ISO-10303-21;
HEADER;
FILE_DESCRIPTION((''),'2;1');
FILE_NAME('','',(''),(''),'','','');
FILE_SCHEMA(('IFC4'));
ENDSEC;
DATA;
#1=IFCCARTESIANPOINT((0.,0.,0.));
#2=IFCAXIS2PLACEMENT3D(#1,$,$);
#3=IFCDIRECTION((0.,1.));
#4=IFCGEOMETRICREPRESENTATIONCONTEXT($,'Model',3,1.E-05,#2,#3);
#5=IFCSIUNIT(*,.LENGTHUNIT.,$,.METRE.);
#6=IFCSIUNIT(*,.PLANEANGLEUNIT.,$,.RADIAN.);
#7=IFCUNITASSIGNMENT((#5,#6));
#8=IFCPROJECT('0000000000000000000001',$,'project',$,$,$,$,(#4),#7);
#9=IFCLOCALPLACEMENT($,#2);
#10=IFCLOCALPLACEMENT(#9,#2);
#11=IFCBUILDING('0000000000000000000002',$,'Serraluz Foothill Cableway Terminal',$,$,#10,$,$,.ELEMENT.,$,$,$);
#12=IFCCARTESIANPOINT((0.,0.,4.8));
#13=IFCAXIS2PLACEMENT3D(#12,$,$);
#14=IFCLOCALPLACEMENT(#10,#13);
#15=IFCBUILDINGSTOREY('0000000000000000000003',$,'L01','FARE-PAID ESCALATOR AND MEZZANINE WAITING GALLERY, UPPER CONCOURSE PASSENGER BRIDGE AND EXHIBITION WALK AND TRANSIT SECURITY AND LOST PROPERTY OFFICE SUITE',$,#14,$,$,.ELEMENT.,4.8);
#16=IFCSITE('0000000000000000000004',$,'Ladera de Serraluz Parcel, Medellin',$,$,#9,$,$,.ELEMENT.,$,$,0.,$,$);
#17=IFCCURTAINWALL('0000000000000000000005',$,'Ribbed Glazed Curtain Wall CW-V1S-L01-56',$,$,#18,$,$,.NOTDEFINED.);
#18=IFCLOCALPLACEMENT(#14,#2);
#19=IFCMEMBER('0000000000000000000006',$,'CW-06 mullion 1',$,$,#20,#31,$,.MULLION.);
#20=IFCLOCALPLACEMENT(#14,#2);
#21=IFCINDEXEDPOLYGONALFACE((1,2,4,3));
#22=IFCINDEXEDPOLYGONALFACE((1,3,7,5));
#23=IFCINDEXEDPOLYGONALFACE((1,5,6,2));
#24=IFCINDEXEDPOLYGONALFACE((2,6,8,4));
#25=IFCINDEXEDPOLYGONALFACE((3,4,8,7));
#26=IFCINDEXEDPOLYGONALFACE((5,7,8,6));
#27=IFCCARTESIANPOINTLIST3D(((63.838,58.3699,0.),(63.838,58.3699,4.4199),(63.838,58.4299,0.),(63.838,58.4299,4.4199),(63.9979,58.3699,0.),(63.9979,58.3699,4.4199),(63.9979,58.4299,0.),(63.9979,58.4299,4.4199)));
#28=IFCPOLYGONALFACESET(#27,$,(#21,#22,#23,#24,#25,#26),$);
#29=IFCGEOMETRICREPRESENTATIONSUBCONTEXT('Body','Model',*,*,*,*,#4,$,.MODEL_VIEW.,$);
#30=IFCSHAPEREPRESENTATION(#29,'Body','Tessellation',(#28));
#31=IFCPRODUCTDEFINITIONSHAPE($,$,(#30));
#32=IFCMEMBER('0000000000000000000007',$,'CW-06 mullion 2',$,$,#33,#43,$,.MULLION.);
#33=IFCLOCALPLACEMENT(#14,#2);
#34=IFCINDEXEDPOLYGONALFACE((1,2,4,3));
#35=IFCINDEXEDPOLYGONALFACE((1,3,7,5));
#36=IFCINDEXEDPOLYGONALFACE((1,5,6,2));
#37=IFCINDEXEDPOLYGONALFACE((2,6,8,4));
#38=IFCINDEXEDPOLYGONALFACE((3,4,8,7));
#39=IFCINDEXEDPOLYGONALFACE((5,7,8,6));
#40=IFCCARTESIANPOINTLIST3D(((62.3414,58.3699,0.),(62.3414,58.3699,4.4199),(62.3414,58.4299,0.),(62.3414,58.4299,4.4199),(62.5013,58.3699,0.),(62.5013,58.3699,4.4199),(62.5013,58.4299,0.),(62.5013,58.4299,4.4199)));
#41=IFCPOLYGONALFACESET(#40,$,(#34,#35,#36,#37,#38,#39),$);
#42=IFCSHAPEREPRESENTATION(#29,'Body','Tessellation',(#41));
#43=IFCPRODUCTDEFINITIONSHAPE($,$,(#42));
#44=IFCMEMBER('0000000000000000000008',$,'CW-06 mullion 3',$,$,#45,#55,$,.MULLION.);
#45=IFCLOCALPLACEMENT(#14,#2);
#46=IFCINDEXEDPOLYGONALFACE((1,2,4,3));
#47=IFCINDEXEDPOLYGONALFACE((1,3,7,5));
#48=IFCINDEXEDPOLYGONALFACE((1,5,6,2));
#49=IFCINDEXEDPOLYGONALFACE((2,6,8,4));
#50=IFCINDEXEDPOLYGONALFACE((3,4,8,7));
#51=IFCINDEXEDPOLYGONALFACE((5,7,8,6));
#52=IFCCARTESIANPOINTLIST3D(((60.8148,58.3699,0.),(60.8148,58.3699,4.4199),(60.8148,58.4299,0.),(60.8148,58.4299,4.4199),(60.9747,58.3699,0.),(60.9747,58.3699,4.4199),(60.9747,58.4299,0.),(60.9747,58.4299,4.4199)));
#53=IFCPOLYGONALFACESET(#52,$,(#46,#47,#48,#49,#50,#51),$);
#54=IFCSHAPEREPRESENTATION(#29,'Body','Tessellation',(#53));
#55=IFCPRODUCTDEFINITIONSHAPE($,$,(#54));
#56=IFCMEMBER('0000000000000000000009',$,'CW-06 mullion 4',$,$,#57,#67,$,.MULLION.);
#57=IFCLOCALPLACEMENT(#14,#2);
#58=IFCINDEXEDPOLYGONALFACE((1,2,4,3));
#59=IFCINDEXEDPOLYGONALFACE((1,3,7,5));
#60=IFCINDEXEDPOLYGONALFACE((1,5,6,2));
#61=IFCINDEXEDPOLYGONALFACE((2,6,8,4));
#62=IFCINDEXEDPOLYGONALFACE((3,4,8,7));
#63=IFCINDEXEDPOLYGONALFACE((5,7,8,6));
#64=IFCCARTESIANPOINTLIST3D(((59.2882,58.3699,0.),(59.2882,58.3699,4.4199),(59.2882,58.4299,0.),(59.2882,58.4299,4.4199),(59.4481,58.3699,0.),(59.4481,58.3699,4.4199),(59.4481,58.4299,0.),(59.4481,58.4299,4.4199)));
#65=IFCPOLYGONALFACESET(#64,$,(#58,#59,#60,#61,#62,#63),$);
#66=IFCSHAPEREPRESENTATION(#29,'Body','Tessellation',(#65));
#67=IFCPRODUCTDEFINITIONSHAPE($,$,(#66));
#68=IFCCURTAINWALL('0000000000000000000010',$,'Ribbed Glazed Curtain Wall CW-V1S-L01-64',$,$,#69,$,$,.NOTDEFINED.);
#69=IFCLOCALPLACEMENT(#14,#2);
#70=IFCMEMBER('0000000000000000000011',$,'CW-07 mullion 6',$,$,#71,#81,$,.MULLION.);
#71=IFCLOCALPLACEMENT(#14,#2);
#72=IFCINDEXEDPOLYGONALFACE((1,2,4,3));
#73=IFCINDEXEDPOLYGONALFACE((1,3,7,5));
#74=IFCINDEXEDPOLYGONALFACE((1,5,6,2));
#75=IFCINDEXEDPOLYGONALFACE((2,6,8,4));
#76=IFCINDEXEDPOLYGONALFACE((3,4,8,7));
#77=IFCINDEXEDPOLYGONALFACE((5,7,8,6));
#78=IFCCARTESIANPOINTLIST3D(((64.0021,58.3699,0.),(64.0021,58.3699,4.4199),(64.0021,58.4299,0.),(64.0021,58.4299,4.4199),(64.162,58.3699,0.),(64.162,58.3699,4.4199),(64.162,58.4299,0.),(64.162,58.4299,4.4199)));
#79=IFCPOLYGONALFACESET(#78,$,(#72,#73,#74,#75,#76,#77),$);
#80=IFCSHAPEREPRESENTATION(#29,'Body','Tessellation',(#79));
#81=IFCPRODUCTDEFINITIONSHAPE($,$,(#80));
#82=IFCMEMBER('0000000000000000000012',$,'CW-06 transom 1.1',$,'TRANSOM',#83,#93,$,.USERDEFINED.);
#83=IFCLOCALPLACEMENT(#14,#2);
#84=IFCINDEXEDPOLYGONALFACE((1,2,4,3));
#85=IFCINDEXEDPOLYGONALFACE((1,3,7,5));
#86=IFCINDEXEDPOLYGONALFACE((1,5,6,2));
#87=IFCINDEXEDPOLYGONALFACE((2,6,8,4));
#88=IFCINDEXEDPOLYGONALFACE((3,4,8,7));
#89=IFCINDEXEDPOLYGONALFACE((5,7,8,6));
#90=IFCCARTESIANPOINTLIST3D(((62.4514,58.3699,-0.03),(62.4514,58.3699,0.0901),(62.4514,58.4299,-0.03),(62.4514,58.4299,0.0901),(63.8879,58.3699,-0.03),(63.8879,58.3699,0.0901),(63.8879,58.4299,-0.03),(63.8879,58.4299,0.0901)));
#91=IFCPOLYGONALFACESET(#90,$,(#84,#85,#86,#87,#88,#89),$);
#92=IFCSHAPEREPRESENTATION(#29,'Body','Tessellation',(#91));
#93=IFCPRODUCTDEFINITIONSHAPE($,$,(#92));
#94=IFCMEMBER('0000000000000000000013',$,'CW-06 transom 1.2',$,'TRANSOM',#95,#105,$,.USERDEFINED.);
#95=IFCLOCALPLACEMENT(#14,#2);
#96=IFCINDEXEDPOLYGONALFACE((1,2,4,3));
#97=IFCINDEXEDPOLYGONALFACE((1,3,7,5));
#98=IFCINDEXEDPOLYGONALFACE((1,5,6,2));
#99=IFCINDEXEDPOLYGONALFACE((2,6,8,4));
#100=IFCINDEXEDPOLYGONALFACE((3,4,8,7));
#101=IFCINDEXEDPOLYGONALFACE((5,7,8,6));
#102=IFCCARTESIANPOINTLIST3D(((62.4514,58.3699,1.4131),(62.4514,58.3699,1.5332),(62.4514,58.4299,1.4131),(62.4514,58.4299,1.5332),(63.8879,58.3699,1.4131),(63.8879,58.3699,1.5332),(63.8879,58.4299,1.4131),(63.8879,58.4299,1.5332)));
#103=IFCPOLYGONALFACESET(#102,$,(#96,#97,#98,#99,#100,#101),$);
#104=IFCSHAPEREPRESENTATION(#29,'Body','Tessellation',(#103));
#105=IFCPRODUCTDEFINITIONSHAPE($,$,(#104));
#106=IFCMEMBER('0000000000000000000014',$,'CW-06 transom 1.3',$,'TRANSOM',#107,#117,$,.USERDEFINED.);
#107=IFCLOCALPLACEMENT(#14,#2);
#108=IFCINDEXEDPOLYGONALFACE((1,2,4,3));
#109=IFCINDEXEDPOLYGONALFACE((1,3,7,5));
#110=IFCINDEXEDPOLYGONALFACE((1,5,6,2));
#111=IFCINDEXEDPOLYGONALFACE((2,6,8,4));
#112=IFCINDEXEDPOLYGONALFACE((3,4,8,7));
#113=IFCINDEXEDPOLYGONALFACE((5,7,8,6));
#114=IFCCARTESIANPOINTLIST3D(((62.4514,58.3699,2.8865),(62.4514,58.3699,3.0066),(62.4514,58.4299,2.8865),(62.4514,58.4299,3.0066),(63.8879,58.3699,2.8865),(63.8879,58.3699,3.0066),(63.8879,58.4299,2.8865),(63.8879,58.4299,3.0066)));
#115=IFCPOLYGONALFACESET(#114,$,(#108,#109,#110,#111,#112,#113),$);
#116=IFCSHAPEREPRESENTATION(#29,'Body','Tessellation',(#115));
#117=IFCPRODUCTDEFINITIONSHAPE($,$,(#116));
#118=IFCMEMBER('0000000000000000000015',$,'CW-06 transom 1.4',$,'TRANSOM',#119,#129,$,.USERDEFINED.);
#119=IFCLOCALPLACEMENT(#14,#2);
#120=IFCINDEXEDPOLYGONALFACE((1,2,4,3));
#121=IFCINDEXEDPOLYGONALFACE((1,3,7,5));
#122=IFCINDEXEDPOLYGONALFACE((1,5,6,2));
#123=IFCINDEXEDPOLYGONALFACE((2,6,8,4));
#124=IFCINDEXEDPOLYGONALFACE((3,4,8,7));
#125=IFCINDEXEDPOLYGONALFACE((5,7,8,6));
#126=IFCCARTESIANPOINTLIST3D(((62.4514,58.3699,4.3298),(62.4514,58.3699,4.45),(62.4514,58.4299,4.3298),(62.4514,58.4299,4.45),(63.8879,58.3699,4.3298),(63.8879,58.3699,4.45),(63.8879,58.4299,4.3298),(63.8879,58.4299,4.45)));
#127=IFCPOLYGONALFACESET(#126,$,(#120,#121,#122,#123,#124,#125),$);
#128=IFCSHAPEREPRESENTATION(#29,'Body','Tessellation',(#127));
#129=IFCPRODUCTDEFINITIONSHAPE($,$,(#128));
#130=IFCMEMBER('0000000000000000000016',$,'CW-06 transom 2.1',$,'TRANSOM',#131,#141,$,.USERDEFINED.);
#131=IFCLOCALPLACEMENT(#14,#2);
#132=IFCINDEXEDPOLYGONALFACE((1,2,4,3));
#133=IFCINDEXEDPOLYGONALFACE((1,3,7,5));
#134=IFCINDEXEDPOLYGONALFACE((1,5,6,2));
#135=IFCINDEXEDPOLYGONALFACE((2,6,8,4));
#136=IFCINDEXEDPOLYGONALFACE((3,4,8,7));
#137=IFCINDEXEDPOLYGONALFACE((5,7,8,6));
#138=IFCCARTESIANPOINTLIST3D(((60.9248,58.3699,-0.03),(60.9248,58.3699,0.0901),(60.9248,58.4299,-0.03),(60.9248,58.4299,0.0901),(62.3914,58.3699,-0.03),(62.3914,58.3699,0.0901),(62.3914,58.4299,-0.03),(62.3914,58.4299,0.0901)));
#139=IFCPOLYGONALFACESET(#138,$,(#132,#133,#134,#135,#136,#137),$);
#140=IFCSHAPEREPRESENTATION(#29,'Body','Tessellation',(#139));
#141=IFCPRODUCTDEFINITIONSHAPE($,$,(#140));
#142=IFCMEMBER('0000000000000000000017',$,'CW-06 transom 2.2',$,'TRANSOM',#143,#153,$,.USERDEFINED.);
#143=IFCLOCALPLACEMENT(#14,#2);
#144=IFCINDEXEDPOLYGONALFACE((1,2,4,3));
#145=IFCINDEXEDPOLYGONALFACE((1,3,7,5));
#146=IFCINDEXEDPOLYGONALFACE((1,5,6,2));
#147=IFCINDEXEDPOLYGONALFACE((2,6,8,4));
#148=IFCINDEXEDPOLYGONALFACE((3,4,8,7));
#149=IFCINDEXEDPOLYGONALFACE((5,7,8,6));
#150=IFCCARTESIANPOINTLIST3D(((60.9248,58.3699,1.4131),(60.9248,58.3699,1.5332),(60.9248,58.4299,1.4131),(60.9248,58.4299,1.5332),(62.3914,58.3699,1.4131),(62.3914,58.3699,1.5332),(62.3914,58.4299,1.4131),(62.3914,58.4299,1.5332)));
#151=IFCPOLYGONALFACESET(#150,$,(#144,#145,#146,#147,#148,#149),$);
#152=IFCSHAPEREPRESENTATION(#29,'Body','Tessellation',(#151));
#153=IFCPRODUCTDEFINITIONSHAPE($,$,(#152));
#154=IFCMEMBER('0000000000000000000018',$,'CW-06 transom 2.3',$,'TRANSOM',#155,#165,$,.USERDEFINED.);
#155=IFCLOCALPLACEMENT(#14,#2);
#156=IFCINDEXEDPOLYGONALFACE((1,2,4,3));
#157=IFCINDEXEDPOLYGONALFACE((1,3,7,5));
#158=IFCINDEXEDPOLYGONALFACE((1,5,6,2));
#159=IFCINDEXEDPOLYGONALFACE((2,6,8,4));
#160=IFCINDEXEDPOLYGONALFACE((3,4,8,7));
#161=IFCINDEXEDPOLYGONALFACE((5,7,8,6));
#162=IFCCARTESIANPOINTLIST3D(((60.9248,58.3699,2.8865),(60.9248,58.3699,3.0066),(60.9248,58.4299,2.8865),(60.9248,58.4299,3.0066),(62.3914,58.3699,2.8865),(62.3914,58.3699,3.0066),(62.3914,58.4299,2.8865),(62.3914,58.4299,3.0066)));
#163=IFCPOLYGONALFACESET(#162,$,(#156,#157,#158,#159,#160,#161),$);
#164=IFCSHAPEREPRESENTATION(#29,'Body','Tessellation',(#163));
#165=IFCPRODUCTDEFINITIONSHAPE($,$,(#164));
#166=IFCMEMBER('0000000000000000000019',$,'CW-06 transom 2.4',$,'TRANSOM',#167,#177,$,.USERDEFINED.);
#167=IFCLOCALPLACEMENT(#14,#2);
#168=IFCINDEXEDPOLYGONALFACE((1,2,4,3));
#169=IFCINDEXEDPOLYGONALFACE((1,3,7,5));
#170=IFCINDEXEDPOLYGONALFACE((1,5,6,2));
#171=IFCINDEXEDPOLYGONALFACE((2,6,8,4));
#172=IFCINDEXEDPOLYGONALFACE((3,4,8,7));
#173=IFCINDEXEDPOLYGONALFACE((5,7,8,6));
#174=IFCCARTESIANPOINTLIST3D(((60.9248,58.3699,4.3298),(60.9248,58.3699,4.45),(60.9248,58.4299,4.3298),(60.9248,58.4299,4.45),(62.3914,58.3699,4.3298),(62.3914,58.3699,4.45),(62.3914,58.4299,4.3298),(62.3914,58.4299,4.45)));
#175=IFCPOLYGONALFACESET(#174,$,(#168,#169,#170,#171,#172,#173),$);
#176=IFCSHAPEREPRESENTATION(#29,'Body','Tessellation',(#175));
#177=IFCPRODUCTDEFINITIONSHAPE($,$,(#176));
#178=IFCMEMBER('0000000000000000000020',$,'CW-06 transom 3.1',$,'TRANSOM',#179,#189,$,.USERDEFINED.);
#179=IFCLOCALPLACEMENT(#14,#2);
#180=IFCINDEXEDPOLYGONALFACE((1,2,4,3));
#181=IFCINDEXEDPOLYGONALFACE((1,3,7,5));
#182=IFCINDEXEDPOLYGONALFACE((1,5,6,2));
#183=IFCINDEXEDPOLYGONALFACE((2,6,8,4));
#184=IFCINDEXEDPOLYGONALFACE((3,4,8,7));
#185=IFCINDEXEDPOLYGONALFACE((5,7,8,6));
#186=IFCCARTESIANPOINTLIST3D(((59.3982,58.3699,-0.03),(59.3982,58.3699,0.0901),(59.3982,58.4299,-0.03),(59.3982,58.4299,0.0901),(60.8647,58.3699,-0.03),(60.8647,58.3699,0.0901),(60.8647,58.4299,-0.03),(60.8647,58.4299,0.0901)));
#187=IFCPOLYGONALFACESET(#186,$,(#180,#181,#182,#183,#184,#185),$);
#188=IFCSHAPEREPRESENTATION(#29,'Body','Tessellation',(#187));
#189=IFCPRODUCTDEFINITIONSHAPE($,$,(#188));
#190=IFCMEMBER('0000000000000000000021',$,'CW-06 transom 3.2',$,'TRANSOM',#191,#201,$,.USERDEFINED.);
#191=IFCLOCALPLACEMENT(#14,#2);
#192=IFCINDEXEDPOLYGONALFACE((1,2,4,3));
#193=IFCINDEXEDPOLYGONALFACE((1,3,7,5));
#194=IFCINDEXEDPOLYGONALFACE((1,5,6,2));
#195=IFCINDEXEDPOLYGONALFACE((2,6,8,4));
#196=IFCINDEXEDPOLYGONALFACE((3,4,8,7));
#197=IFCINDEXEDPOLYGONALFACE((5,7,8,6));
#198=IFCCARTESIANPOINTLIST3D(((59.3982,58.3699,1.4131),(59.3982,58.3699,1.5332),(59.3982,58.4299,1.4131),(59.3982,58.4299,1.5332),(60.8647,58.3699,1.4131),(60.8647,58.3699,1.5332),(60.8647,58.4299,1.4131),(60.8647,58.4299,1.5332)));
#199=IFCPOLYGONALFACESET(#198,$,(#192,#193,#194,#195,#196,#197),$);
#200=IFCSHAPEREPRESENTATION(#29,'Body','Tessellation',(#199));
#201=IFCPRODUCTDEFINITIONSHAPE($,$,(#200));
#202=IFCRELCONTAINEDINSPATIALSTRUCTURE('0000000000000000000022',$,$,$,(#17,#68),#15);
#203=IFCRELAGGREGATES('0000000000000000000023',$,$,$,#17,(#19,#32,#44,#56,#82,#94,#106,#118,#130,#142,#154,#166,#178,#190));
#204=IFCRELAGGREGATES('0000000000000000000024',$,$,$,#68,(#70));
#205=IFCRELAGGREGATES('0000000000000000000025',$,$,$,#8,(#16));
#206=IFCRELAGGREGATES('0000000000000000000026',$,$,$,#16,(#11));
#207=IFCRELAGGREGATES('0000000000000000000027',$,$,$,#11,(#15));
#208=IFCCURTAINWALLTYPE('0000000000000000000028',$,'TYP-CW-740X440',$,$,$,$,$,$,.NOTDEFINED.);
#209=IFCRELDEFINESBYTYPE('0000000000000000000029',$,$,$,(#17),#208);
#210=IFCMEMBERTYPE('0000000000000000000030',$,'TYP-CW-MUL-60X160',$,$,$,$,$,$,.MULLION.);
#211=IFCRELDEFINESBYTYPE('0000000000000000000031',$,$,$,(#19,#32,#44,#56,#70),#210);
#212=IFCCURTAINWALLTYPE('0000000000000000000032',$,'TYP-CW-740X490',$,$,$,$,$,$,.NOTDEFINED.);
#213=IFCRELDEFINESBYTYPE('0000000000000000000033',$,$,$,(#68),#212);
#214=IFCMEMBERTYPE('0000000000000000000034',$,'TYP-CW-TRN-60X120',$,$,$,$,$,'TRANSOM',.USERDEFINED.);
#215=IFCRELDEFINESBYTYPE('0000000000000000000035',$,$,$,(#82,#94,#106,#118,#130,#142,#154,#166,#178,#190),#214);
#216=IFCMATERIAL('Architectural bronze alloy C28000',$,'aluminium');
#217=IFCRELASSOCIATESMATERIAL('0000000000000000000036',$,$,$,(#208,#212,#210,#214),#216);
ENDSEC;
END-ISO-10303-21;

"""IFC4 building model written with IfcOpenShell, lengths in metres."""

from ifc_helpers import new_model, si_unit, direction, frame, origin, origin_2d, place, context, subcontext, project, spatial, rectangle, extrude, material, material_profile, profile_set, type_object, element, aggregate, save


model = new_model("IFC4")

# Units and contexts
model_context = context("Model", 3, precision=1e-05, world=origin(), true_north=direction((0.0, 1.0)))
body_context = subcontext(model_context, "Body", "Model", "MODEL_VIEW")
ifc_project = project(units=[si_unit("LENGTHUNIT", "METRE"), si_unit("PLANEANGLEUNIT", "RADIAN")], contexts=[model_context])

# Site, building, storey
site_placement = place(None, origin())
site = spatial("IfcSite", under=ifc_project, at=site_placement, Name="Ladera de Serraluz Parcel, Medellin", CompositionType="ELEMENT", RefElevation=0.0)
building_placement = place(site_placement, origin())
building = spatial("IfcBuilding", under=site, at=building_placement, Name="Serraluz Foothill Cableway Terminal", CompositionType="ELEMENT")
storey_placement = place(building_placement, frame((0.0, 0.0, 4.8)))
storey = spatial("IfcBuildingStorey", under=building, at=storey_placement, Name="L01", Description="FARE-PAID ESCALATOR AND MEZZANINE WAITING GALLERY, UPPER CONCOURSE PASSENGER BRIDGE AND EXHIBITION WALK AND TRANSIT SECURITY AND LOST PROPERTY OFFICE SUITE", CompositionType="ELEMENT", Elevation=4.8)

# Curtain wall, members
ifc_material_1 = material(Name="Architectural bronze alloy C28000", Category="aluminium")
curtain_wall_type_1 = type_object("IfcCurtainWallType", Name="TYP-CW-740X440", PredefinedType="NOTDEFINED", material=ifc_material_1)
curtain_wall_1_placement = place(storey_placement, origin())
curtain_wall_1 = element("IfcCurtainWall", 1, at=curtain_wall_1_placement, inside=storey, type_object=curtain_wall_type_1, Name="Ribbed Glazed Curtain Wall CW-V1S-L01-56", PredefinedType="NOTDEFINED")
ifc_material_profile_1 = material_profile(ifc_material_1, rectangle(XDim=0.0601, YDim=0.1599, at=origin_2d()), Name="ALU MULLION 60x160")
ifc_profile_set_1 = profile_set([ifc_material_profile_1], Name="Architectural bronze alloy C28000")
member_type_1 = type_object("IfcMemberType", Name="TYP-CW-MUL-60X160", PredefinedType="MULLION", material=ifc_profile_set_1)
member_1_placement = place(storey_placement, frame((63.918, 58.3999, 0.0), z_axis=(0.0, 0.0, 1.0), x_axis=(0.0, -1.0, 0.0)))
member_1 = element("IfcMember", 2, at=member_1_placement, type_object=member_type_1, Name="CW-06 mullion 1", PredefinedType="MULLION", context=body_context, shape_type="SweptSolid", body=[
    extrude(rectangle(XDim=0.0601, YDim=0.1599, at=origin_2d()), origin(), (0.0, 0.0, 1.0), 4.4199),
])
member_2_placement = place(storey_placement, frame((62.4214, 58.3999, 0.0), z_axis=(0.0, 0.0, 1.0), x_axis=(0.0, -1.0, 0.0)))
member_2 = element("IfcMember", 3, at=member_2_placement, type_object=member_type_1, Name="CW-06 mullion 2", PredefinedType="MULLION", context=body_context, shape_type="SweptSolid", body=[
    extrude(rectangle(XDim=0.0601, YDim=0.1599, at=origin_2d()), origin(), (0.0, 0.0, 1.0), 4.4199),
])
member_3_placement = place(storey_placement, frame((60.8948, 58.3999, 0.0), z_axis=(0.0, 0.0, 1.0), x_axis=(0.0, -1.0, 0.0)))
member_3 = element("IfcMember", 4, at=member_3_placement, type_object=member_type_1, Name="CW-06 mullion 3", PredefinedType="MULLION", context=body_context, shape_type="SweptSolid", body=[
    extrude(rectangle(XDim=0.0601, YDim=0.1599, at=origin_2d()), origin(), (0.0, 0.0, 1.0), 4.4199),
])
member_4_placement = place(storey_placement, frame((59.3682, 58.3999, 0.0), z_axis=(0.0, 0.0, 1.0), x_axis=(0.0, -1.0, 0.0)))
member_4 = element("IfcMember", 5, at=member_4_placement, type_object=member_type_1, Name="CW-06 mullion 4", PredefinedType="MULLION", context=body_context, shape_type="SweptSolid", body=[
    extrude(rectangle(XDim=0.0601, YDim=0.1599, at=origin_2d()), origin(), (0.0, 0.0, 1.0), 4.4199),
])

# Curtain wall, member
curtain_wall_type_2 = type_object("IfcCurtainWallType", Name="TYP-CW-740X490", PredefinedType="NOTDEFINED", material=ifc_material_1)
curtain_wall_2_placement = place(storey_placement, origin())
curtain_wall_2 = element("IfcCurtainWall", 6, at=curtain_wall_2_placement, inside=storey, type_object=curtain_wall_type_2, Name="Ribbed Glazed Curtain Wall CW-V1S-L01-64", PredefinedType="NOTDEFINED")
member_5_placement = place(storey_placement, frame((64.082, 58.3999, 0.0), z_axis=(0.0, 0.0, 1.0), x_axis=(0.0, -1.0, 0.0)))
member_5 = element("IfcMember", 7, at=member_5_placement, type_object=member_type_1, Name="CW-07 mullion 6", PredefinedType="MULLION", context=body_context, shape_type="SweptSolid", body=[
    extrude(rectangle(XDim=0.0601, YDim=0.1599, at=origin_2d()), origin(), (0.0, 0.0, 1.0), 4.4199),
])

# Members
ifc_material_profile_2 = material_profile(ifc_material_1, rectangle(XDim=0.0601, YDim=0.1201, at=origin_2d()), Name="ALU TRANSOM 60x120")
ifc_profile_set_2 = profile_set([ifc_material_profile_2], Name="Architectural bronze alloy C28000")
member_type_2 = type_object("IfcMemberType", Name="TYP-CW-TRN-60X120", ElementType="TRANSOM", PredefinedType="USERDEFINED", material=ifc_profile_set_2)
member_6_placement = place(storey_placement, frame((63.8879, 58.3999, 0.03), z_axis=(-1.0, 0.0, 0.0), x_axis=(0.0, -1.0, 0.0)))
member_6 = element("IfcMember", 8, at=member_6_placement, type_object=member_type_2, Name="CW-06 transom 1.1", ObjectType="TRANSOM", PredefinedType="USERDEFINED", context=body_context, shape_type="SweptSolid", body=[
    extrude(rectangle(XDim=0.0601, YDim=0.1201, at=origin_2d()), origin(), (0.0, 0.0, 1.0), 1.4365),
])
member_7_placement = place(storey_placement, frame((63.8879, 58.3999, 1.4731), z_axis=(-1.0, 0.0, 0.0), x_axis=(0.0, -1.0, 0.0)))
member_7 = element("IfcMember", 9, at=member_7_placement, type_object=member_type_2, Name="CW-06 transom 1.2", ObjectType="TRANSOM", PredefinedType="USERDEFINED", context=body_context, shape_type="SweptSolid", body=[
    extrude(rectangle(XDim=0.0601, YDim=0.1201, at=origin_2d()), origin(), (0.0, 0.0, 1.0), 1.4365),
])
member_8_placement = place(storey_placement, frame((63.8879, 58.3999, 2.9465), z_axis=(-1.0, 0.0, 0.0), x_axis=(0.0, -1.0, 0.0)))
member_8 = element("IfcMember", 10, at=member_8_placement, type_object=member_type_2, Name="CW-06 transom 1.3", ObjectType="TRANSOM", PredefinedType="USERDEFINED", context=body_context, shape_type="SweptSolid", body=[
    extrude(rectangle(XDim=0.0601, YDim=0.1201, at=origin_2d()), origin(), (0.0, 0.0, 1.0), 1.4365),
])
member_9_placement = place(storey_placement, frame((63.8879, 58.3999, 4.3899), z_axis=(-1.0, 0.0, 0.0), x_axis=(0.0, -1.0, 0.0)))
member_9 = element("IfcMember", 11, at=member_9_placement, type_object=member_type_2, Name="CW-06 transom 1.4", ObjectType="TRANSOM", PredefinedType="USERDEFINED", context=body_context, shape_type="SweptSolid", body=[
    extrude(rectangle(XDim=0.0601, YDim=0.1201, at=origin_2d()), origin(), (0.0, 0.0, 1.0), 1.4365),
])
member_10_placement = place(storey_placement, frame((62.3914, 58.3999, 0.03), z_axis=(-1.0, 0.0, 0.0), x_axis=(0.0, -1.0, 0.0)))
member_10 = element("IfcMember", 12, at=member_10_placement, type_object=member_type_2, Name="CW-06 transom 2.1", ObjectType="TRANSOM", PredefinedType="USERDEFINED", context=body_context, shape_type="SweptSolid", body=[
    extrude(rectangle(XDim=0.0601, YDim=0.1201, at=origin_2d()), origin(), (0.0, 0.0, 1.0), 1.4666),
])
member_11_placement = place(storey_placement, frame((62.3914, 58.3999, 1.4731), z_axis=(-1.0, 0.0, 0.0), x_axis=(0.0, -1.0, 0.0)))
member_11 = element("IfcMember", 13, at=member_11_placement, type_object=member_type_2, Name="CW-06 transom 2.2", ObjectType="TRANSOM", PredefinedType="USERDEFINED", context=body_context, shape_type="SweptSolid", body=[
    extrude(rectangle(XDim=0.0601, YDim=0.1201, at=origin_2d()), origin(), (0.0, 0.0, 1.0), 1.4666),
])
member_12_placement = place(storey_placement, frame((62.3914, 58.3999, 2.9465), z_axis=(-1.0, 0.0, 0.0), x_axis=(0.0, -1.0, 0.0)))
member_12 = element("IfcMember", 14, at=member_12_placement, type_object=member_type_2, Name="CW-06 transom 2.3", ObjectType="TRANSOM", PredefinedType="USERDEFINED", context=body_context, shape_type="SweptSolid", body=[
    extrude(rectangle(XDim=0.0601, YDim=0.1201, at=origin_2d()), origin(), (0.0, 0.0, 1.0), 1.4666),
])
member_13_placement = place(storey_placement, frame((62.3914, 58.3999, 4.3899), z_axis=(-1.0, 0.0, 0.0), x_axis=(0.0, -1.0, 0.0)))
member_13 = element("IfcMember", 15, at=member_13_placement, type_object=member_type_2, Name="CW-06 transom 2.4", ObjectType="TRANSOM", PredefinedType="USERDEFINED", context=body_context, shape_type="SweptSolid", body=[
    extrude(rectangle(XDim=0.0601, YDim=0.1201, at=origin_2d()), origin(), (0.0, 0.0, 1.0), 1.4666),
])
member_14_placement = place(storey_placement, frame((60.8647, 58.3999, 0.03), z_axis=(-1.0, 0.0, 0.0), x_axis=(0.0, -1.0, 0.0)))
member_14 = element("IfcMember", 16, at=member_14_placement, type_object=member_type_2, Name="CW-06 transom 3.1", ObjectType="TRANSOM", PredefinedType="USERDEFINED", context=body_context, shape_type="SweptSolid", body=[
    extrude(rectangle(XDim=0.0601, YDim=0.1201, at=origin_2d()), origin(), (0.0, 0.0, 1.0), 1.4666),
])
member_15_placement = place(storey_placement, frame((60.8647, 58.3999, 1.4731), z_axis=(-1.0, 0.0, 0.0), x_axis=(0.0, -1.0, 0.0)))
member_15 = element("IfcMember", 17, at=member_15_placement, type_object=member_type_2, Name="CW-06 transom 3.2", ObjectType="TRANSOM", PredefinedType="USERDEFINED", context=body_context, shape_type="SweptSolid", body=[
    extrude(rectangle(XDim=0.0601, YDim=0.1201, at=origin_2d()), origin(), (0.0, 0.0, 1.0), 1.4666),
])

aggregate(curtain_wall_1, [member_1, member_2, member_3, member_4, member_6, member_7, member_8, member_9, member_10, member_11, member_12, member_13, member_14, member_15])
aggregate(curtain_wall_2, [member_5])

save(model, "model.ifc")
